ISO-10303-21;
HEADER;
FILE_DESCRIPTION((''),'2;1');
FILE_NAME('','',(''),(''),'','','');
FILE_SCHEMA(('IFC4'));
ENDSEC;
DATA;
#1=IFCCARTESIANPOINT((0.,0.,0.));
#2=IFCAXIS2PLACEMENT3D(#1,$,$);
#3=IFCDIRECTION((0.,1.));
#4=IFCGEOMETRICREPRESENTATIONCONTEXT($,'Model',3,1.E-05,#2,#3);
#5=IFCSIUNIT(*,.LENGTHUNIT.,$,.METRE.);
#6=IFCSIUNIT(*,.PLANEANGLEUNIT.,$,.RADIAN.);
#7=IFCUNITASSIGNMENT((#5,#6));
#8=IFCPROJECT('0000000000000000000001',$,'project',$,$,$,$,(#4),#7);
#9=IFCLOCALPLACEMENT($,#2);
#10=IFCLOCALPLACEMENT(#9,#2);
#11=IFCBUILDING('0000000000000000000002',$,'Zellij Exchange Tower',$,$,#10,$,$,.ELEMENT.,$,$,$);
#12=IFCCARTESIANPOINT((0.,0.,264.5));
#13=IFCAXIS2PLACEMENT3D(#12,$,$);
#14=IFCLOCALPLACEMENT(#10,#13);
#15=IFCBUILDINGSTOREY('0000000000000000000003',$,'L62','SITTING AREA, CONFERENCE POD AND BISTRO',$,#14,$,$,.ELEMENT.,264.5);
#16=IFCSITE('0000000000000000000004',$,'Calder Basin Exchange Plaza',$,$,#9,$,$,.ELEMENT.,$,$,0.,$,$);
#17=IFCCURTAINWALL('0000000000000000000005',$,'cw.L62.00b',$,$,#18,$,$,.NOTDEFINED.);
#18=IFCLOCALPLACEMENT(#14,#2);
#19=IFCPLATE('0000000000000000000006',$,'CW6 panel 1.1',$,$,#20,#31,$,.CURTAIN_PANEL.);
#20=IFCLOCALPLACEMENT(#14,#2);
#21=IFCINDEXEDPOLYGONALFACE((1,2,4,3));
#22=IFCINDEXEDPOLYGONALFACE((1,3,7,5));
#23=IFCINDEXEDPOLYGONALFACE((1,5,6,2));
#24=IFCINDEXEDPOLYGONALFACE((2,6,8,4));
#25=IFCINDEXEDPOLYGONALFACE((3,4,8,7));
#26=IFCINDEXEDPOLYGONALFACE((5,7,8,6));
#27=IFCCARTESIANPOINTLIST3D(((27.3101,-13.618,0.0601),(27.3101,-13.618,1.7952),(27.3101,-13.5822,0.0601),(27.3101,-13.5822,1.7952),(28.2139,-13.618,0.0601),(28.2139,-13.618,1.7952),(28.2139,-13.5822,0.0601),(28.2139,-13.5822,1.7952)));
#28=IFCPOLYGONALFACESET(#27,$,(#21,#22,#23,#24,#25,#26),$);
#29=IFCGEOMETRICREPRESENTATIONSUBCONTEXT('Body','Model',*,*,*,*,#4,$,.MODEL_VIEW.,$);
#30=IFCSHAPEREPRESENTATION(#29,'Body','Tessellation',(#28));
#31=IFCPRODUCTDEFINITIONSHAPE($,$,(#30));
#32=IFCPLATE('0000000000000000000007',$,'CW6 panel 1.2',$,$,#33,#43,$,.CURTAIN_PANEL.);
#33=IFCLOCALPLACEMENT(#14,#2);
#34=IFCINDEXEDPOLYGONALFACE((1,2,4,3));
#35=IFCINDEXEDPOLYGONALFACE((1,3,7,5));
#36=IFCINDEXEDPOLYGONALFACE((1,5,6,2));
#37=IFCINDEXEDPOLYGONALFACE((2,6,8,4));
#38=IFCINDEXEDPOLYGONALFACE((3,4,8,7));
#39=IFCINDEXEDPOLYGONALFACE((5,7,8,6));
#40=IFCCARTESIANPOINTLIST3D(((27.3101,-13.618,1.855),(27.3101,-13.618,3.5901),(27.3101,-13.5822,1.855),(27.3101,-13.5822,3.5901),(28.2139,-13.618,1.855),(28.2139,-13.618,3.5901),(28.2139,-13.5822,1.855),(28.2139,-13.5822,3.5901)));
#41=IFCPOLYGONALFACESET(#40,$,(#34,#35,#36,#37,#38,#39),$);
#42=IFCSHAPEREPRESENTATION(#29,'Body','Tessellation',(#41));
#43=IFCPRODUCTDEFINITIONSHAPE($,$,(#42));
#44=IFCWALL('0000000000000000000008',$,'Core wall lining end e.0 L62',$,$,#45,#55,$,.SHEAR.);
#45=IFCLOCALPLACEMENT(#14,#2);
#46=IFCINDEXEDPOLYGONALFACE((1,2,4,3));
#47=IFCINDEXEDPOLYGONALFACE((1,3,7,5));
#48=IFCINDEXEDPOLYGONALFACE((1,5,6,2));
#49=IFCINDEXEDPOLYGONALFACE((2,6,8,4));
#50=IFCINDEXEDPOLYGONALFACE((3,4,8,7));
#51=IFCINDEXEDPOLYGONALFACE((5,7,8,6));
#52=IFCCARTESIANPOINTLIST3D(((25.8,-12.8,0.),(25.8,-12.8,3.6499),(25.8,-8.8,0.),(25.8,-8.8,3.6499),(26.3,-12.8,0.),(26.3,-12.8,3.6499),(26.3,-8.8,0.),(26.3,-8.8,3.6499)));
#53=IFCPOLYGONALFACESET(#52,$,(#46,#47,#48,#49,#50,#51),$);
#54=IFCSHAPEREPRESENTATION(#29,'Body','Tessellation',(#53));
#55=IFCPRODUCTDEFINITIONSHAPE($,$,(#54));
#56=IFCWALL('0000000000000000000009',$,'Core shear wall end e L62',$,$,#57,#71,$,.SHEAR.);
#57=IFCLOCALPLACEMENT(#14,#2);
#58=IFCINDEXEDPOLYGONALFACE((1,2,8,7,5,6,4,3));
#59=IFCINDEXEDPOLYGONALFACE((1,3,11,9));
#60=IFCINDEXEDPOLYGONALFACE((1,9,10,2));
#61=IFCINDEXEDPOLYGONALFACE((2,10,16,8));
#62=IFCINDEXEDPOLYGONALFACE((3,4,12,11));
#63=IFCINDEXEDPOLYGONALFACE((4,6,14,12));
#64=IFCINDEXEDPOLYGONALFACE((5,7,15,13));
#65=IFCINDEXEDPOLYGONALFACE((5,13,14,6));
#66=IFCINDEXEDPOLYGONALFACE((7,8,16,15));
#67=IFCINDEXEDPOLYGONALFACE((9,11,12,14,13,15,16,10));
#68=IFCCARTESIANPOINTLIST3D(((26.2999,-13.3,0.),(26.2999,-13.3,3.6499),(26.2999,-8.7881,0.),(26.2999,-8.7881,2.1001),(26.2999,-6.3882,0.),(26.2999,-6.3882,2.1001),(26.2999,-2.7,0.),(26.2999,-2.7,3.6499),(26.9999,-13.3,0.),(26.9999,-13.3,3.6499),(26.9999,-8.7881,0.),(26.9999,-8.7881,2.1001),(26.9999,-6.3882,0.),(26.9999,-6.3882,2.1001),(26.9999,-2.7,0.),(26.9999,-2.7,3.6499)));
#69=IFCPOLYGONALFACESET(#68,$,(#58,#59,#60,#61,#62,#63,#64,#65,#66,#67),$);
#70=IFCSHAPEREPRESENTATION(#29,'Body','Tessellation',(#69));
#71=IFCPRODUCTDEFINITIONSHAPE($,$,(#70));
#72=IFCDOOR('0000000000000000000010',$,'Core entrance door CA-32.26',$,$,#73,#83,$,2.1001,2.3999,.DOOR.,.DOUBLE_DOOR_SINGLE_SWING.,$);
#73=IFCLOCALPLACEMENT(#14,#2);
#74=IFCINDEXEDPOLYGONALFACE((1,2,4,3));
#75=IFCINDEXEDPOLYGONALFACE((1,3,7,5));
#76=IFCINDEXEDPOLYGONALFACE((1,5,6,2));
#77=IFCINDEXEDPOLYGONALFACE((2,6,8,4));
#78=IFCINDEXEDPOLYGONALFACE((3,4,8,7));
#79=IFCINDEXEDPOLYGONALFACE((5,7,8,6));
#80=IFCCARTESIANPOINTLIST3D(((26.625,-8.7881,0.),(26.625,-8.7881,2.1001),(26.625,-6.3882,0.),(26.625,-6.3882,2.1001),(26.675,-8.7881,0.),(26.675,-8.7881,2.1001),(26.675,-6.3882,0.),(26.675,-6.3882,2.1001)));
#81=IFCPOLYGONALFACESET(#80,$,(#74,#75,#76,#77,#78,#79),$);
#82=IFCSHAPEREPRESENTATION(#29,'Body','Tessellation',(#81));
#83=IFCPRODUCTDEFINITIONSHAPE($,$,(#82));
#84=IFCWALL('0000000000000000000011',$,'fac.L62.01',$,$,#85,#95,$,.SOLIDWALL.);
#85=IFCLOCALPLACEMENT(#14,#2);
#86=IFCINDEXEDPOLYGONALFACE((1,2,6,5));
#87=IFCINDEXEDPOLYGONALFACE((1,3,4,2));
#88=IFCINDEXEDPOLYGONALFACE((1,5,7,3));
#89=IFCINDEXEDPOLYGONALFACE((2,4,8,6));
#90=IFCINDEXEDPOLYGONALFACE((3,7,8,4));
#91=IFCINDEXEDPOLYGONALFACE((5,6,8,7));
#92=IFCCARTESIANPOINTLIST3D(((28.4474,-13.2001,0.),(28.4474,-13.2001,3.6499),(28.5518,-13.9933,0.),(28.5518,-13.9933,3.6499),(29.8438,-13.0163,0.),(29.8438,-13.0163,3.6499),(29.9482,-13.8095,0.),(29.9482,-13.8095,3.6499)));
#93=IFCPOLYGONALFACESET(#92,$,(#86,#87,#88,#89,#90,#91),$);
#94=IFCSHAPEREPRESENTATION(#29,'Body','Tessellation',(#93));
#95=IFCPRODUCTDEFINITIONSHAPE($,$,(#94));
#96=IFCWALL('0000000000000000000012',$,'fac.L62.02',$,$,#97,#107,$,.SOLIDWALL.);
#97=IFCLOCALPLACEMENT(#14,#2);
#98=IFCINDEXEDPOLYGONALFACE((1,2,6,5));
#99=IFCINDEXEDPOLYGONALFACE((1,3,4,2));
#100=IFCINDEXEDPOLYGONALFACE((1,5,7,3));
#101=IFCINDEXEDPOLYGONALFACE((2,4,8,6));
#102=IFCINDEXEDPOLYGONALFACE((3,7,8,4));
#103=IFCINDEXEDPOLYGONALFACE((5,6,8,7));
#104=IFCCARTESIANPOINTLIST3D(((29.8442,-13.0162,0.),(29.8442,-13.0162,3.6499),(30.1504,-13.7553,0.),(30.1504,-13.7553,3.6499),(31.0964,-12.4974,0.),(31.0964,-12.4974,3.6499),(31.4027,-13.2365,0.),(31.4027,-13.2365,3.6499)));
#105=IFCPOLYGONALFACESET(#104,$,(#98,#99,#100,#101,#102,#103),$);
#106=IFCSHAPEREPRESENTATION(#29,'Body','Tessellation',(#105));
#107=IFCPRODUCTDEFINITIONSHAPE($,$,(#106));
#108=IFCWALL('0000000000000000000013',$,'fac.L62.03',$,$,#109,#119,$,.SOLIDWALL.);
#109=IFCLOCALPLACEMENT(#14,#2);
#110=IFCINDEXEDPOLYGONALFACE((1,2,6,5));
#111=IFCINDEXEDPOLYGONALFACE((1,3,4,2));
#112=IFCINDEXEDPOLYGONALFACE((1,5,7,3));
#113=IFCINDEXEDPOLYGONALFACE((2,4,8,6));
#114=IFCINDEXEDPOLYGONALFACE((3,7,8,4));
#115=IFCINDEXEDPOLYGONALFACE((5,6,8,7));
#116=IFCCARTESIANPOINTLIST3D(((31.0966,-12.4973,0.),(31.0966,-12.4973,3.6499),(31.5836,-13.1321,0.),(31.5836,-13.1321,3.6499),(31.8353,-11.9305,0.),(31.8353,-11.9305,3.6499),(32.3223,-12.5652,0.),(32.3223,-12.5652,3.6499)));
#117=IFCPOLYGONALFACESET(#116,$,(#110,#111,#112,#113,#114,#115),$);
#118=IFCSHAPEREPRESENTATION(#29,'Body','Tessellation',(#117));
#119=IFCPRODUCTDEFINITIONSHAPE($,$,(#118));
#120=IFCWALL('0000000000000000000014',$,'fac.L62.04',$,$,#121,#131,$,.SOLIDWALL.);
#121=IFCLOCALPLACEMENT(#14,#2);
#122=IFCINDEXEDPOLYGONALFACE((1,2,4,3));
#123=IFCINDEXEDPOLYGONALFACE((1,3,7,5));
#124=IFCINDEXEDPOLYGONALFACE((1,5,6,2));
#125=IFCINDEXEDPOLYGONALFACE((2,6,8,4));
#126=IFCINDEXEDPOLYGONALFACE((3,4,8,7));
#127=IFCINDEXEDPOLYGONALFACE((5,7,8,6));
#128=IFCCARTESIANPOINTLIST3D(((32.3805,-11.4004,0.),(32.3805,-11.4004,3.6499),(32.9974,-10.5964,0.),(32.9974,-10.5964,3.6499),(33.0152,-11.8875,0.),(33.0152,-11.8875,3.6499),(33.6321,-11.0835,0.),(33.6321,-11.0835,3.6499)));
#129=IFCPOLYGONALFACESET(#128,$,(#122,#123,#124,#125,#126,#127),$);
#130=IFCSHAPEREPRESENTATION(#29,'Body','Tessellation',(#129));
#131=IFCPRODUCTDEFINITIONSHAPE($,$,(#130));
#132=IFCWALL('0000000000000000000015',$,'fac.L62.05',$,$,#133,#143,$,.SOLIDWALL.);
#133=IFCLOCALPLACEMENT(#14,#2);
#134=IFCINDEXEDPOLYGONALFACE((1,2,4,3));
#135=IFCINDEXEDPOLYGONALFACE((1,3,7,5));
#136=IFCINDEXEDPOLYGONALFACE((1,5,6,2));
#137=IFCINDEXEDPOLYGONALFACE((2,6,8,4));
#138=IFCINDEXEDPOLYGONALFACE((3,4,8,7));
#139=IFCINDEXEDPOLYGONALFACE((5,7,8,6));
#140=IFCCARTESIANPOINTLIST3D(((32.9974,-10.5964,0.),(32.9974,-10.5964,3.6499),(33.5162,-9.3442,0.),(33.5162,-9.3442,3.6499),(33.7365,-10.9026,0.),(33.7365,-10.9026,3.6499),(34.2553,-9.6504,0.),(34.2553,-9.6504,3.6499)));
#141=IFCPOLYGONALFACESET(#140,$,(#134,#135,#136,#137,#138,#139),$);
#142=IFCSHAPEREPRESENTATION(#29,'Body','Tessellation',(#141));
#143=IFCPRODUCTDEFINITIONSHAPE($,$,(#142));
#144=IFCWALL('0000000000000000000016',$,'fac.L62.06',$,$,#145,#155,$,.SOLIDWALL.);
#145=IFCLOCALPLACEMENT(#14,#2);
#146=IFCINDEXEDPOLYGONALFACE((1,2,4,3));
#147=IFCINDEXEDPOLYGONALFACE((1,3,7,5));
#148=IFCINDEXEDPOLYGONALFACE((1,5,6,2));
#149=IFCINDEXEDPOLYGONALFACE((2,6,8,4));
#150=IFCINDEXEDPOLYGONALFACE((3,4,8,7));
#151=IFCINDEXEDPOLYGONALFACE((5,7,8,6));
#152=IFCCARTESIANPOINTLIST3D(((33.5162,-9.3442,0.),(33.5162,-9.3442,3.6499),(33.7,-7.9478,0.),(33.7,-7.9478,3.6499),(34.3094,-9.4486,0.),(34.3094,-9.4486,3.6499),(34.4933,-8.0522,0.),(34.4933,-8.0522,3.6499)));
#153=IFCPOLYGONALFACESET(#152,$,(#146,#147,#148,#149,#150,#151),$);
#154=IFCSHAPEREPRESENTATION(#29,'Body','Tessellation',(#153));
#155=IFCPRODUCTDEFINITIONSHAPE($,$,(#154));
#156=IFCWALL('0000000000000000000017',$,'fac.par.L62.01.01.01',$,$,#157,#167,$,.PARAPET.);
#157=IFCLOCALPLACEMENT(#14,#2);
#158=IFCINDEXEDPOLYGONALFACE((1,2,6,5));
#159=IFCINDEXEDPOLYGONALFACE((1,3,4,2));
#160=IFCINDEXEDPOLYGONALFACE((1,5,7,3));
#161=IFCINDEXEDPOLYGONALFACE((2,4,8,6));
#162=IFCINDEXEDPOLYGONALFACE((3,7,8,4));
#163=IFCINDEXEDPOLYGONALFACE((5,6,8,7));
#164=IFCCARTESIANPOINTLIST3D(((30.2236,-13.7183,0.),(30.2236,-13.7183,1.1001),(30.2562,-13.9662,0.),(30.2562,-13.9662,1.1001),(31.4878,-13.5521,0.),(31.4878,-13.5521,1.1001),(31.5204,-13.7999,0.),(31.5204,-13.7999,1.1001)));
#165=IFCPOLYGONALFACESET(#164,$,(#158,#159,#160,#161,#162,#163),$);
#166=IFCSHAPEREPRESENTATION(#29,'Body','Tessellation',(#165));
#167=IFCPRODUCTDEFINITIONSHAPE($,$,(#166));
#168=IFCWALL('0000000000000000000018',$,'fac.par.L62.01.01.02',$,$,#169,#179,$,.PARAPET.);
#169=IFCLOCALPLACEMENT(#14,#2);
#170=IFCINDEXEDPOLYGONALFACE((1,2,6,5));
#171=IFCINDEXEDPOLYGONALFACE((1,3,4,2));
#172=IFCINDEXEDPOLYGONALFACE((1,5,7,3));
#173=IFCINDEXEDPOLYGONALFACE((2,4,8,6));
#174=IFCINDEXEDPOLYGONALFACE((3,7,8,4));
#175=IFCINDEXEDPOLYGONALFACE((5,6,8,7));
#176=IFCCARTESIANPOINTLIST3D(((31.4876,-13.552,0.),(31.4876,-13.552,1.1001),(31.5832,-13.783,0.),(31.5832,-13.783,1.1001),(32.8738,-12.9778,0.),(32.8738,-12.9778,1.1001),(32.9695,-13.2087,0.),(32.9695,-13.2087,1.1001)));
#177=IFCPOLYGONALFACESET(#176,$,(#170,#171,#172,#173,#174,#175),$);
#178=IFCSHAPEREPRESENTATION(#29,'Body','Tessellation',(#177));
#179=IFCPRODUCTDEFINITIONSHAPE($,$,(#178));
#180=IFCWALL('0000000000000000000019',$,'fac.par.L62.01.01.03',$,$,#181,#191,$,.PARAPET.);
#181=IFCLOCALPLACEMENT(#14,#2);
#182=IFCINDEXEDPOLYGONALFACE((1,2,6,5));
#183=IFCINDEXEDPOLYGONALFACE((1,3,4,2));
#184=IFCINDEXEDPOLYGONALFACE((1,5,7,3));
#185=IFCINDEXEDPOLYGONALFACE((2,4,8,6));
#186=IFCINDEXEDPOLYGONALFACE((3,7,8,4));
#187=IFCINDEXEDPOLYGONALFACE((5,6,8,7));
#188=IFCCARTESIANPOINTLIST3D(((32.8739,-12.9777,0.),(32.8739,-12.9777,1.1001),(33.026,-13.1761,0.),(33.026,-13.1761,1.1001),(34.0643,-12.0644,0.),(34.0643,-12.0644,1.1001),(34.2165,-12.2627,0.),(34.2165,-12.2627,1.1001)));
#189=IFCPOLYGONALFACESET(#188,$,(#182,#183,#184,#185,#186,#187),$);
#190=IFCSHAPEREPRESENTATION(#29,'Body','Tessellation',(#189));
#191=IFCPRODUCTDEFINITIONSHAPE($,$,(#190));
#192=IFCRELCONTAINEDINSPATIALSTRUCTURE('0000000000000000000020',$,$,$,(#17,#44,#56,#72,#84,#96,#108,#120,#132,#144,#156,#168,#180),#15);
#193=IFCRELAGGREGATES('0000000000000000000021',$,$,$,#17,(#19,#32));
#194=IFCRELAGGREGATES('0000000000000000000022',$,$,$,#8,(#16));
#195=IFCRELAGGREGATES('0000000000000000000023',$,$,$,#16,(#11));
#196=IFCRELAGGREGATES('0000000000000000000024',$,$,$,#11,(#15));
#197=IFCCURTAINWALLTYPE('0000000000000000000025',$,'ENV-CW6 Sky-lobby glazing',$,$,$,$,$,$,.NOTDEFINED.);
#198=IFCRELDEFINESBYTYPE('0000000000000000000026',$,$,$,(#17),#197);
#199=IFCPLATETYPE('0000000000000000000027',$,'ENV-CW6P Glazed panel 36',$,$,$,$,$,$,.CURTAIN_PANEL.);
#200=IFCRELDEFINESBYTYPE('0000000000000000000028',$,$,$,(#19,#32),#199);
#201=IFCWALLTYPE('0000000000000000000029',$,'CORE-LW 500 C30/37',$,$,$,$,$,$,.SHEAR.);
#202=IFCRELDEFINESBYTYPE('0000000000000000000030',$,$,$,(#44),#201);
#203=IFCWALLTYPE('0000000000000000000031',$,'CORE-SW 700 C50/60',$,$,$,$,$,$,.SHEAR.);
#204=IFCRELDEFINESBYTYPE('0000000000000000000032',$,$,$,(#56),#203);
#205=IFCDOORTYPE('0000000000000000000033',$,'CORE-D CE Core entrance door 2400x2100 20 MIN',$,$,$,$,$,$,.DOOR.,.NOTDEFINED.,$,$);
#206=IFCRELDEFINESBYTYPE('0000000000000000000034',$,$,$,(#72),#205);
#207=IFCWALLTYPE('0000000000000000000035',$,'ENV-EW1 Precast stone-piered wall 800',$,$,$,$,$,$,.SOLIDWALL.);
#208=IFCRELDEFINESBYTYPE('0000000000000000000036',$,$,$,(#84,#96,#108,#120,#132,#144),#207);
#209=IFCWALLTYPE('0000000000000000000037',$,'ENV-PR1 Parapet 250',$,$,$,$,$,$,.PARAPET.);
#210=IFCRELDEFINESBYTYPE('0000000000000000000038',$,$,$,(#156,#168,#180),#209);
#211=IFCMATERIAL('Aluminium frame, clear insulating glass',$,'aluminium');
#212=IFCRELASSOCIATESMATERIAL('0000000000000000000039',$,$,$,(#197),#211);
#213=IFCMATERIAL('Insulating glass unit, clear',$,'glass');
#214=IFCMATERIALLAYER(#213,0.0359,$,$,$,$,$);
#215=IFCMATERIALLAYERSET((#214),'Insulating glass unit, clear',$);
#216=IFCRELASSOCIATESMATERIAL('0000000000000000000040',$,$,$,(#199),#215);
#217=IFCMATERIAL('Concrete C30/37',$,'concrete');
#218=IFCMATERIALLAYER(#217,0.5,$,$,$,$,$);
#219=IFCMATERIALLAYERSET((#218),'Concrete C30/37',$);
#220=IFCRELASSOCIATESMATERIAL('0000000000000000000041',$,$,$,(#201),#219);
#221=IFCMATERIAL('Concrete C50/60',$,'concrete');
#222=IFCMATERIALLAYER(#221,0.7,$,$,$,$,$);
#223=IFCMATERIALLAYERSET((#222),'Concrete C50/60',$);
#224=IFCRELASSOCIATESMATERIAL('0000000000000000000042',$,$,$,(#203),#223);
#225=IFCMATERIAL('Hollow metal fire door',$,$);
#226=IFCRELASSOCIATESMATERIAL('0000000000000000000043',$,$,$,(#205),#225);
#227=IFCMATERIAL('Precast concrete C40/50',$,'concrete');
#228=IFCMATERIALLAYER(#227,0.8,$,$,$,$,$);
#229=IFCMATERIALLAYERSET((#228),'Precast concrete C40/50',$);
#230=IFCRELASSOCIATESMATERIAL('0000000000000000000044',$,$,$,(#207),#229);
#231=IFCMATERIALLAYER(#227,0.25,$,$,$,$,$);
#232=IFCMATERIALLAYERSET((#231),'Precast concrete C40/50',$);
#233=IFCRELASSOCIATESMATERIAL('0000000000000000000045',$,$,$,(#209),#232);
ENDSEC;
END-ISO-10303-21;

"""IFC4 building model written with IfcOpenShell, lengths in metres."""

from ifc_helpers import new_model, si_unit, direction, frame, frame_2d, origin, origin_2d, place, context, subcontext, project, spatial, rectangle, extrude, material, layer, layer_set, type_object, element, fill, aggregate, save


model = new_model("IFC4")

# Units and contexts
model_context = context("Model", 3, precision=1e-05, world=origin(), true_north=direction((0.0, 1.0)))
body_context = subcontext(model_context, "Body", "Model", "MODEL_VIEW")
ifc_project = project(units=[si_unit("LENGTHUNIT", "METRE"), si_unit("PLANEANGLEUNIT", "RADIAN")], contexts=[model_context])

# Site, building, storey
site_placement = place(None, origin())
site = spatial("IfcSite", under=ifc_project, at=site_placement, Name="Calder Basin Exchange Plaza", CompositionType="ELEMENT", RefElevation=0.0)
building_placement = place(site_placement, origin())
building = spatial("IfcBuilding", under=site, at=building_placement, Name="Zellij Exchange Tower", CompositionType="ELEMENT")
storey_placement = place(building_placement, frame((0.0, 0.0, 264.5)))
storey = spatial("IfcBuildingStorey", under=building, at=storey_placement, Name="L62", Description="SITTING AREA, CONFERENCE POD AND BISTRO", CompositionType="ELEMENT", Elevation=264.5)

# Shared definitions
ifc_material_1 = material(Name="Concrete C50/60", Category="concrete")

# Curtain wall
ifc_material_2 = material(Name="Aluminium frame, clear insulating glass", Category="aluminium")
curtain_wall_type = type_object("IfcCurtainWallType", Name="ENV-CW6 Sky-lobby glazing", PredefinedType="NOTDEFINED", material=ifc_material_2)
curtain_wall_placement = place(storey_placement, origin())
curtain_wall = element("IfcCurtainWall", 1, at=curtain_wall_placement, inside=storey, type_object=curtain_wall_type, Name="cw.L62.00b", PredefinedType="NOTDEFINED")

# Plates
ifc_material_3 = material(Name="Insulating glass unit, clear", Category="glass")
ifc_layer_1 = layer(ifc_material_3, 0.0359)
ifc_layer_set_1 = layer_set([ifc_layer_1], Name="Insulating glass unit, clear")
plate_type = type_object("IfcPlateType", Name="ENV-CW6P Glazed panel 36", PredefinedType="CURTAIN_PANEL", material=ifc_layer_set_1)
plate_1_placement = place(storey_placement, frame((27.762, -13.6001, 0.0601), z_axis=(0.0, 0.0, 1.0), x_axis=(1.0, 0.0, 0.0)))
plate_1 = element("IfcPlate", 2, at=plate_1_placement, type_object=plate_type, Name="CW6 panel 1.1", PredefinedType="CURTAIN_PANEL", context=body_context, shape_type="SweptSolid", body=[
    extrude(rectangle(XDim=0.9038, YDim=0.0359, at=origin_2d()), origin(), (0.0, 0.0, 1.0), 1.7351),
])
plate_2_placement = place(storey_placement, frame((27.762, -13.6001, 1.855), z_axis=(0.0, 0.0, 1.0), x_axis=(1.0, 0.0, 0.0)))
plate_2 = element("IfcPlate", 3, at=plate_2_placement, type_object=plate_type, Name="CW6 panel 1.2", PredefinedType="CURTAIN_PANEL", context=body_context, shape_type="SweptSolid", body=[
    extrude(rectangle(XDim=0.9038, YDim=0.0359, at=origin_2d()), origin(), (0.0, 0.0, 1.0), 1.7351),
])
aggregate(curtain_wall, [plate_1, plate_2])

# Wall
ifc_material_4 = material(Name="Concrete C30/37", Category="concrete")
ifc_layer_2 = layer(ifc_material_4, 0.5)
ifc_layer_set_2 = layer_set([ifc_layer_2], Name="Concrete C30/37")
wall_type_1 = type_object("IfcWallType", Name="CORE-LW 500 C30/37", PredefinedType="SHEAR", material=ifc_layer_set_2)
wall_1_placement = place(storey_placement, frame((26.05, -12.8, 0.0), z_axis=(0.0, 0.0, 1.0), x_axis=(0.0, 1.0, 0.0)))
element("IfcWall", 4, at=wall_1_placement, inside=storey, type_object=wall_type_1, Name="Core wall lining end e.0 L62", PredefinedType="SHEAR", context=body_context, shape_type="SweptSolid", body=[
    extrude(rectangle(XDim=4.0, YDim=0.5, at=frame_2d((2.0, 0.0))), origin(), (0.0, 0.0, 1.0), 3.6499),
])

# Wall, opening, door
ifc_layer_3 = layer(ifc_material_1, 0.7)
ifc_layer_set_3 = layer_set([ifc_layer_3], Name="Concrete C50/60")
wall_type_2 = type_object("IfcWallType", Name="CORE-SW 700 C50/60", PredefinedType="SHEAR", material=ifc_layer_set_3)
wall_2_placement = place(storey_placement, frame((26.6499, -13.3, 0.0), z_axis=(0.0, 0.0, 1.0), x_axis=(0.0, 1.0, 0.0)))
wall_2 = element("IfcWall", 5, at=wall_2_placement, inside=storey, type_object=wall_type_2, Name="Core shear wall end e L62", PredefinedType="SHEAR", context=body_context, shape_type="SweptSolid", body=[
    extrude(rectangle(XDim=10.6001, YDim=0.7, at=frame_2d((5.3, 0.0))), origin(), (0.0, 0.0, 1.0), 3.6499),
])
opening_placement = place(wall_2_placement, frame((4.512, 0.0, 0.0)))
opening = element("IfcOpeningElement", 6, at=opening_placement, cuts=wall_2, PredefinedType="OPENING", context=body_context, shape_type="SweptSolid", body=[
    extrude(rectangle(XDim=2.3999, YDim=2.1001, at=frame_2d((1.2, 1.05))), frame((0.0, 0.3618, 0.0), z_axis=(0.0, -1.0, 0.0), x_axis=(1.0, 0.0, 0.0)), (0.0, 0.0, 1.0), 0.7239),
])
ifc_material_5 = material(Name="Hollow metal fire door")
door_type = type_object("IfcDoorType", Name="CORE-D CE Core entrance door 2400x2100 20 MIN", OperationType="NOTDEFINED", PredefinedType="DOOR", material=ifc_material_5)
door_placement = place(opening_placement, origin())
door = element("IfcDoor", 7, at=door_placement, inside=storey, type_object=door_type, Name="Core entrance door CA-32.26", OperationType="DOUBLE_DOOR_SINGLE_SWING", OverallHeight=2.1001, OverallWidth=2.3999, PredefinedType="DOOR", context=body_context, shape_type="SweptSolid", body=[
    extrude(rectangle(XDim=2.3999, YDim=2.1001, at=frame_2d((1.2, 1.05))), frame((0.0, 0.0249, 0.0), z_axis=(0.0, -1.0, 0.0), x_axis=(1.0, 0.0, 0.0)), (0.0, 0.0, 1.0), 0.05),
])
fill(opening, door)

# Walls
ifc_material_6 = material(Name="Precast concrete C40/50", Category="concrete")
ifc_layer_4 = layer(ifc_material_6, 0.8)
ifc_layer_set_4 = layer_set([ifc_layer_4], Name="Precast concrete C40/50")
wall_type_3 = type_object("IfcWallType", Name="ENV-EW1 Precast stone-piered wall 800", PredefinedType="SOLIDWALL", material=ifc_layer_set_4)
wall_3_placement = place(storey_placement, frame((28.4998, -13.5967, 0.0), z_axis=(0.0, 0.0, 1.0), x_axis=(0.991446, 0.130517, 0.0)))
element("IfcWall", 8, at=wall_3_placement, inside=storey, type_object=wall_type_3, Name="fac.L62.01", PredefinedType="SOLIDWALL", context=body_context, shape_type="SweptSolid", body=[
    extrude(rectangle(XDim=1.4084, YDim=0.8, at=frame_2d((0.7041, 0.0))), origin(), (0.0, 0.0, 1.0), 3.6499),
])
wall_4_placement = place(storey_placement, frame((29.9973, -13.3857, 0.0), z_axis=(0.0, 0.0, 1.0), x_axis=(0.923848, 0.38276, 0.0)))
element("IfcWall", 9, at=wall_4_placement, inside=storey, type_object=wall_type_3, Name="fac.L62.02", PredefinedType="SOLIDWALL", context=body_context, shape_type="SweptSolid", body=[
    extrude(rectangle(XDim=1.3555, YDim=0.8, at=frame_2d((0.6777, 0.0))), origin(), (0.0, 0.0, 1.0), 3.6499),
])
wall_5_placement = place(storey_placement, frame((31.3401, -12.8147, 0.0), z_axis=(0.0, 0.0, 1.0), x_axis=(0.793345, 0.608773, 0.0)))
element("IfcWall", 10, at=wall_5_placement, inside=storey, type_object=wall_type_3, Name="fac.L62.03", PredefinedType="SOLIDWALL", context=body_context, shape_type="SweptSolid", body=[
    extrude(rectangle(XDim=0.9312, YDim=0.8, at=frame_2d((0.4656, 0.0))), origin(), (0.0, 0.0, 1.0), 3.6499),
])
wall_6_placement = place(storey_placement, frame((32.6978, -11.644, 0.0), z_axis=(0.0, 0.0, 1.0), x_axis=(0.608791, 0.793331, 0.0)))
element("IfcWall", 11, at=wall_6_placement, inside=storey, type_object=wall_type_3, Name="fac.L62.04", PredefinedType="SOLIDWALL", context=body_context, shape_type="SweptSolid", body=[
    extrude(rectangle(XDim=1.0134, YDim=0.8, at=frame_2d((0.5068, 0.0))), origin(), (0.0, 0.0, 1.0), 3.6499),
])
wall_7_placement = place(storey_placement, frame((33.3669, -10.7495, 0.0), z_axis=(0.0, 0.0, 1.0), x_axis=(0.38276, 0.923848, 0.0)))
element("IfcWall", 12, at=wall_7_placement, inside=storey, type_object=wall_type_3, Name="fac.L62.05", PredefinedType="SOLIDWALL", context=body_context, shape_type="SweptSolid", body=[
    extrude(rectangle(XDim=1.3555, YDim=0.8, at=frame_2d((0.6777, 0.0))), origin(), (0.0, 0.0, 1.0), 3.6499),
])
wall_8_placement = place(storey_placement, frame((33.9128, -9.3962, 0.0), z_axis=(0.0, 0.0, 1.0), x_axis=(0.130517, 0.991446, 0.0)))
element("IfcWall", 13, at=wall_8_placement, inside=storey, type_object=wall_type_3, Name="fac.L62.06", PredefinedType="SOLIDWALL", context=body_context, shape_type="SweptSolid", body=[
    extrude(rectangle(XDim=1.4084, YDim=0.8, at=frame_2d((0.7041, 0.0))), origin(), (0.0, 0.0, 1.0), 3.6499),
])
ifc_layer_5 = layer(ifc_material_6, 0.25)
ifc_layer_set_5 = layer_set([ifc_layer_5], Name="Precast concrete C40/50")
wall_type_4 = type_object("IfcWallType", Name="ENV-PR1 Parapet 250", PredefinedType="PARAPET", material=ifc_layer_set_5)
wall_9_placement = place(storey_placement, frame((30.2397, -13.8423, 0.0), z_axis=(0.0, 0.0, 1.0), x_axis=(0.991462, 0.130395, 0.0)))
element("IfcWall", 14, at=wall_9_placement, inside=storey, type_object=wall_type_4, Name="fac.par.L62.01.01.01", PredefinedType="PARAPET", context=body_context, shape_type="SweptSolid", body=[
    extrude(rectangle(XDim=1.2751, YDim=0.25, at=frame_2d((0.6377, 0.0))), origin(), (0.0, 0.0, 1.0), 1.1001),
])
for number, where, z_axis, x_axis, name in (
    (15, (31.5354, -13.6675, 0.0), (0.0, 0.0, 1.0), (0.923874, 0.382697, 0.0), "fac.par.L62.01.01.02"),
    (16, (32.95, -13.0769, 0.0), (0.0, 0.0, 1.0), (0.793392, 0.608712, 0.0), "fac.par.L62.01.01.03"),
):
    element("IfcWall", number, at=place(storey_placement, frame(where, z_axis=z_axis, x_axis=x_axis)), inside=storey, type_object=wall_type_4, Name=name, PredefinedType="PARAPET", context=body_context, shape_type="SweptSolid", body=[
        extrude(rectangle(XDim=1.5005, YDim=0.25, at=frame_2d((0.7502, 0.0))), origin(), (0.0, 0.0, 1.0), 1.1001),
    ])

save(model, "model.ifc")
